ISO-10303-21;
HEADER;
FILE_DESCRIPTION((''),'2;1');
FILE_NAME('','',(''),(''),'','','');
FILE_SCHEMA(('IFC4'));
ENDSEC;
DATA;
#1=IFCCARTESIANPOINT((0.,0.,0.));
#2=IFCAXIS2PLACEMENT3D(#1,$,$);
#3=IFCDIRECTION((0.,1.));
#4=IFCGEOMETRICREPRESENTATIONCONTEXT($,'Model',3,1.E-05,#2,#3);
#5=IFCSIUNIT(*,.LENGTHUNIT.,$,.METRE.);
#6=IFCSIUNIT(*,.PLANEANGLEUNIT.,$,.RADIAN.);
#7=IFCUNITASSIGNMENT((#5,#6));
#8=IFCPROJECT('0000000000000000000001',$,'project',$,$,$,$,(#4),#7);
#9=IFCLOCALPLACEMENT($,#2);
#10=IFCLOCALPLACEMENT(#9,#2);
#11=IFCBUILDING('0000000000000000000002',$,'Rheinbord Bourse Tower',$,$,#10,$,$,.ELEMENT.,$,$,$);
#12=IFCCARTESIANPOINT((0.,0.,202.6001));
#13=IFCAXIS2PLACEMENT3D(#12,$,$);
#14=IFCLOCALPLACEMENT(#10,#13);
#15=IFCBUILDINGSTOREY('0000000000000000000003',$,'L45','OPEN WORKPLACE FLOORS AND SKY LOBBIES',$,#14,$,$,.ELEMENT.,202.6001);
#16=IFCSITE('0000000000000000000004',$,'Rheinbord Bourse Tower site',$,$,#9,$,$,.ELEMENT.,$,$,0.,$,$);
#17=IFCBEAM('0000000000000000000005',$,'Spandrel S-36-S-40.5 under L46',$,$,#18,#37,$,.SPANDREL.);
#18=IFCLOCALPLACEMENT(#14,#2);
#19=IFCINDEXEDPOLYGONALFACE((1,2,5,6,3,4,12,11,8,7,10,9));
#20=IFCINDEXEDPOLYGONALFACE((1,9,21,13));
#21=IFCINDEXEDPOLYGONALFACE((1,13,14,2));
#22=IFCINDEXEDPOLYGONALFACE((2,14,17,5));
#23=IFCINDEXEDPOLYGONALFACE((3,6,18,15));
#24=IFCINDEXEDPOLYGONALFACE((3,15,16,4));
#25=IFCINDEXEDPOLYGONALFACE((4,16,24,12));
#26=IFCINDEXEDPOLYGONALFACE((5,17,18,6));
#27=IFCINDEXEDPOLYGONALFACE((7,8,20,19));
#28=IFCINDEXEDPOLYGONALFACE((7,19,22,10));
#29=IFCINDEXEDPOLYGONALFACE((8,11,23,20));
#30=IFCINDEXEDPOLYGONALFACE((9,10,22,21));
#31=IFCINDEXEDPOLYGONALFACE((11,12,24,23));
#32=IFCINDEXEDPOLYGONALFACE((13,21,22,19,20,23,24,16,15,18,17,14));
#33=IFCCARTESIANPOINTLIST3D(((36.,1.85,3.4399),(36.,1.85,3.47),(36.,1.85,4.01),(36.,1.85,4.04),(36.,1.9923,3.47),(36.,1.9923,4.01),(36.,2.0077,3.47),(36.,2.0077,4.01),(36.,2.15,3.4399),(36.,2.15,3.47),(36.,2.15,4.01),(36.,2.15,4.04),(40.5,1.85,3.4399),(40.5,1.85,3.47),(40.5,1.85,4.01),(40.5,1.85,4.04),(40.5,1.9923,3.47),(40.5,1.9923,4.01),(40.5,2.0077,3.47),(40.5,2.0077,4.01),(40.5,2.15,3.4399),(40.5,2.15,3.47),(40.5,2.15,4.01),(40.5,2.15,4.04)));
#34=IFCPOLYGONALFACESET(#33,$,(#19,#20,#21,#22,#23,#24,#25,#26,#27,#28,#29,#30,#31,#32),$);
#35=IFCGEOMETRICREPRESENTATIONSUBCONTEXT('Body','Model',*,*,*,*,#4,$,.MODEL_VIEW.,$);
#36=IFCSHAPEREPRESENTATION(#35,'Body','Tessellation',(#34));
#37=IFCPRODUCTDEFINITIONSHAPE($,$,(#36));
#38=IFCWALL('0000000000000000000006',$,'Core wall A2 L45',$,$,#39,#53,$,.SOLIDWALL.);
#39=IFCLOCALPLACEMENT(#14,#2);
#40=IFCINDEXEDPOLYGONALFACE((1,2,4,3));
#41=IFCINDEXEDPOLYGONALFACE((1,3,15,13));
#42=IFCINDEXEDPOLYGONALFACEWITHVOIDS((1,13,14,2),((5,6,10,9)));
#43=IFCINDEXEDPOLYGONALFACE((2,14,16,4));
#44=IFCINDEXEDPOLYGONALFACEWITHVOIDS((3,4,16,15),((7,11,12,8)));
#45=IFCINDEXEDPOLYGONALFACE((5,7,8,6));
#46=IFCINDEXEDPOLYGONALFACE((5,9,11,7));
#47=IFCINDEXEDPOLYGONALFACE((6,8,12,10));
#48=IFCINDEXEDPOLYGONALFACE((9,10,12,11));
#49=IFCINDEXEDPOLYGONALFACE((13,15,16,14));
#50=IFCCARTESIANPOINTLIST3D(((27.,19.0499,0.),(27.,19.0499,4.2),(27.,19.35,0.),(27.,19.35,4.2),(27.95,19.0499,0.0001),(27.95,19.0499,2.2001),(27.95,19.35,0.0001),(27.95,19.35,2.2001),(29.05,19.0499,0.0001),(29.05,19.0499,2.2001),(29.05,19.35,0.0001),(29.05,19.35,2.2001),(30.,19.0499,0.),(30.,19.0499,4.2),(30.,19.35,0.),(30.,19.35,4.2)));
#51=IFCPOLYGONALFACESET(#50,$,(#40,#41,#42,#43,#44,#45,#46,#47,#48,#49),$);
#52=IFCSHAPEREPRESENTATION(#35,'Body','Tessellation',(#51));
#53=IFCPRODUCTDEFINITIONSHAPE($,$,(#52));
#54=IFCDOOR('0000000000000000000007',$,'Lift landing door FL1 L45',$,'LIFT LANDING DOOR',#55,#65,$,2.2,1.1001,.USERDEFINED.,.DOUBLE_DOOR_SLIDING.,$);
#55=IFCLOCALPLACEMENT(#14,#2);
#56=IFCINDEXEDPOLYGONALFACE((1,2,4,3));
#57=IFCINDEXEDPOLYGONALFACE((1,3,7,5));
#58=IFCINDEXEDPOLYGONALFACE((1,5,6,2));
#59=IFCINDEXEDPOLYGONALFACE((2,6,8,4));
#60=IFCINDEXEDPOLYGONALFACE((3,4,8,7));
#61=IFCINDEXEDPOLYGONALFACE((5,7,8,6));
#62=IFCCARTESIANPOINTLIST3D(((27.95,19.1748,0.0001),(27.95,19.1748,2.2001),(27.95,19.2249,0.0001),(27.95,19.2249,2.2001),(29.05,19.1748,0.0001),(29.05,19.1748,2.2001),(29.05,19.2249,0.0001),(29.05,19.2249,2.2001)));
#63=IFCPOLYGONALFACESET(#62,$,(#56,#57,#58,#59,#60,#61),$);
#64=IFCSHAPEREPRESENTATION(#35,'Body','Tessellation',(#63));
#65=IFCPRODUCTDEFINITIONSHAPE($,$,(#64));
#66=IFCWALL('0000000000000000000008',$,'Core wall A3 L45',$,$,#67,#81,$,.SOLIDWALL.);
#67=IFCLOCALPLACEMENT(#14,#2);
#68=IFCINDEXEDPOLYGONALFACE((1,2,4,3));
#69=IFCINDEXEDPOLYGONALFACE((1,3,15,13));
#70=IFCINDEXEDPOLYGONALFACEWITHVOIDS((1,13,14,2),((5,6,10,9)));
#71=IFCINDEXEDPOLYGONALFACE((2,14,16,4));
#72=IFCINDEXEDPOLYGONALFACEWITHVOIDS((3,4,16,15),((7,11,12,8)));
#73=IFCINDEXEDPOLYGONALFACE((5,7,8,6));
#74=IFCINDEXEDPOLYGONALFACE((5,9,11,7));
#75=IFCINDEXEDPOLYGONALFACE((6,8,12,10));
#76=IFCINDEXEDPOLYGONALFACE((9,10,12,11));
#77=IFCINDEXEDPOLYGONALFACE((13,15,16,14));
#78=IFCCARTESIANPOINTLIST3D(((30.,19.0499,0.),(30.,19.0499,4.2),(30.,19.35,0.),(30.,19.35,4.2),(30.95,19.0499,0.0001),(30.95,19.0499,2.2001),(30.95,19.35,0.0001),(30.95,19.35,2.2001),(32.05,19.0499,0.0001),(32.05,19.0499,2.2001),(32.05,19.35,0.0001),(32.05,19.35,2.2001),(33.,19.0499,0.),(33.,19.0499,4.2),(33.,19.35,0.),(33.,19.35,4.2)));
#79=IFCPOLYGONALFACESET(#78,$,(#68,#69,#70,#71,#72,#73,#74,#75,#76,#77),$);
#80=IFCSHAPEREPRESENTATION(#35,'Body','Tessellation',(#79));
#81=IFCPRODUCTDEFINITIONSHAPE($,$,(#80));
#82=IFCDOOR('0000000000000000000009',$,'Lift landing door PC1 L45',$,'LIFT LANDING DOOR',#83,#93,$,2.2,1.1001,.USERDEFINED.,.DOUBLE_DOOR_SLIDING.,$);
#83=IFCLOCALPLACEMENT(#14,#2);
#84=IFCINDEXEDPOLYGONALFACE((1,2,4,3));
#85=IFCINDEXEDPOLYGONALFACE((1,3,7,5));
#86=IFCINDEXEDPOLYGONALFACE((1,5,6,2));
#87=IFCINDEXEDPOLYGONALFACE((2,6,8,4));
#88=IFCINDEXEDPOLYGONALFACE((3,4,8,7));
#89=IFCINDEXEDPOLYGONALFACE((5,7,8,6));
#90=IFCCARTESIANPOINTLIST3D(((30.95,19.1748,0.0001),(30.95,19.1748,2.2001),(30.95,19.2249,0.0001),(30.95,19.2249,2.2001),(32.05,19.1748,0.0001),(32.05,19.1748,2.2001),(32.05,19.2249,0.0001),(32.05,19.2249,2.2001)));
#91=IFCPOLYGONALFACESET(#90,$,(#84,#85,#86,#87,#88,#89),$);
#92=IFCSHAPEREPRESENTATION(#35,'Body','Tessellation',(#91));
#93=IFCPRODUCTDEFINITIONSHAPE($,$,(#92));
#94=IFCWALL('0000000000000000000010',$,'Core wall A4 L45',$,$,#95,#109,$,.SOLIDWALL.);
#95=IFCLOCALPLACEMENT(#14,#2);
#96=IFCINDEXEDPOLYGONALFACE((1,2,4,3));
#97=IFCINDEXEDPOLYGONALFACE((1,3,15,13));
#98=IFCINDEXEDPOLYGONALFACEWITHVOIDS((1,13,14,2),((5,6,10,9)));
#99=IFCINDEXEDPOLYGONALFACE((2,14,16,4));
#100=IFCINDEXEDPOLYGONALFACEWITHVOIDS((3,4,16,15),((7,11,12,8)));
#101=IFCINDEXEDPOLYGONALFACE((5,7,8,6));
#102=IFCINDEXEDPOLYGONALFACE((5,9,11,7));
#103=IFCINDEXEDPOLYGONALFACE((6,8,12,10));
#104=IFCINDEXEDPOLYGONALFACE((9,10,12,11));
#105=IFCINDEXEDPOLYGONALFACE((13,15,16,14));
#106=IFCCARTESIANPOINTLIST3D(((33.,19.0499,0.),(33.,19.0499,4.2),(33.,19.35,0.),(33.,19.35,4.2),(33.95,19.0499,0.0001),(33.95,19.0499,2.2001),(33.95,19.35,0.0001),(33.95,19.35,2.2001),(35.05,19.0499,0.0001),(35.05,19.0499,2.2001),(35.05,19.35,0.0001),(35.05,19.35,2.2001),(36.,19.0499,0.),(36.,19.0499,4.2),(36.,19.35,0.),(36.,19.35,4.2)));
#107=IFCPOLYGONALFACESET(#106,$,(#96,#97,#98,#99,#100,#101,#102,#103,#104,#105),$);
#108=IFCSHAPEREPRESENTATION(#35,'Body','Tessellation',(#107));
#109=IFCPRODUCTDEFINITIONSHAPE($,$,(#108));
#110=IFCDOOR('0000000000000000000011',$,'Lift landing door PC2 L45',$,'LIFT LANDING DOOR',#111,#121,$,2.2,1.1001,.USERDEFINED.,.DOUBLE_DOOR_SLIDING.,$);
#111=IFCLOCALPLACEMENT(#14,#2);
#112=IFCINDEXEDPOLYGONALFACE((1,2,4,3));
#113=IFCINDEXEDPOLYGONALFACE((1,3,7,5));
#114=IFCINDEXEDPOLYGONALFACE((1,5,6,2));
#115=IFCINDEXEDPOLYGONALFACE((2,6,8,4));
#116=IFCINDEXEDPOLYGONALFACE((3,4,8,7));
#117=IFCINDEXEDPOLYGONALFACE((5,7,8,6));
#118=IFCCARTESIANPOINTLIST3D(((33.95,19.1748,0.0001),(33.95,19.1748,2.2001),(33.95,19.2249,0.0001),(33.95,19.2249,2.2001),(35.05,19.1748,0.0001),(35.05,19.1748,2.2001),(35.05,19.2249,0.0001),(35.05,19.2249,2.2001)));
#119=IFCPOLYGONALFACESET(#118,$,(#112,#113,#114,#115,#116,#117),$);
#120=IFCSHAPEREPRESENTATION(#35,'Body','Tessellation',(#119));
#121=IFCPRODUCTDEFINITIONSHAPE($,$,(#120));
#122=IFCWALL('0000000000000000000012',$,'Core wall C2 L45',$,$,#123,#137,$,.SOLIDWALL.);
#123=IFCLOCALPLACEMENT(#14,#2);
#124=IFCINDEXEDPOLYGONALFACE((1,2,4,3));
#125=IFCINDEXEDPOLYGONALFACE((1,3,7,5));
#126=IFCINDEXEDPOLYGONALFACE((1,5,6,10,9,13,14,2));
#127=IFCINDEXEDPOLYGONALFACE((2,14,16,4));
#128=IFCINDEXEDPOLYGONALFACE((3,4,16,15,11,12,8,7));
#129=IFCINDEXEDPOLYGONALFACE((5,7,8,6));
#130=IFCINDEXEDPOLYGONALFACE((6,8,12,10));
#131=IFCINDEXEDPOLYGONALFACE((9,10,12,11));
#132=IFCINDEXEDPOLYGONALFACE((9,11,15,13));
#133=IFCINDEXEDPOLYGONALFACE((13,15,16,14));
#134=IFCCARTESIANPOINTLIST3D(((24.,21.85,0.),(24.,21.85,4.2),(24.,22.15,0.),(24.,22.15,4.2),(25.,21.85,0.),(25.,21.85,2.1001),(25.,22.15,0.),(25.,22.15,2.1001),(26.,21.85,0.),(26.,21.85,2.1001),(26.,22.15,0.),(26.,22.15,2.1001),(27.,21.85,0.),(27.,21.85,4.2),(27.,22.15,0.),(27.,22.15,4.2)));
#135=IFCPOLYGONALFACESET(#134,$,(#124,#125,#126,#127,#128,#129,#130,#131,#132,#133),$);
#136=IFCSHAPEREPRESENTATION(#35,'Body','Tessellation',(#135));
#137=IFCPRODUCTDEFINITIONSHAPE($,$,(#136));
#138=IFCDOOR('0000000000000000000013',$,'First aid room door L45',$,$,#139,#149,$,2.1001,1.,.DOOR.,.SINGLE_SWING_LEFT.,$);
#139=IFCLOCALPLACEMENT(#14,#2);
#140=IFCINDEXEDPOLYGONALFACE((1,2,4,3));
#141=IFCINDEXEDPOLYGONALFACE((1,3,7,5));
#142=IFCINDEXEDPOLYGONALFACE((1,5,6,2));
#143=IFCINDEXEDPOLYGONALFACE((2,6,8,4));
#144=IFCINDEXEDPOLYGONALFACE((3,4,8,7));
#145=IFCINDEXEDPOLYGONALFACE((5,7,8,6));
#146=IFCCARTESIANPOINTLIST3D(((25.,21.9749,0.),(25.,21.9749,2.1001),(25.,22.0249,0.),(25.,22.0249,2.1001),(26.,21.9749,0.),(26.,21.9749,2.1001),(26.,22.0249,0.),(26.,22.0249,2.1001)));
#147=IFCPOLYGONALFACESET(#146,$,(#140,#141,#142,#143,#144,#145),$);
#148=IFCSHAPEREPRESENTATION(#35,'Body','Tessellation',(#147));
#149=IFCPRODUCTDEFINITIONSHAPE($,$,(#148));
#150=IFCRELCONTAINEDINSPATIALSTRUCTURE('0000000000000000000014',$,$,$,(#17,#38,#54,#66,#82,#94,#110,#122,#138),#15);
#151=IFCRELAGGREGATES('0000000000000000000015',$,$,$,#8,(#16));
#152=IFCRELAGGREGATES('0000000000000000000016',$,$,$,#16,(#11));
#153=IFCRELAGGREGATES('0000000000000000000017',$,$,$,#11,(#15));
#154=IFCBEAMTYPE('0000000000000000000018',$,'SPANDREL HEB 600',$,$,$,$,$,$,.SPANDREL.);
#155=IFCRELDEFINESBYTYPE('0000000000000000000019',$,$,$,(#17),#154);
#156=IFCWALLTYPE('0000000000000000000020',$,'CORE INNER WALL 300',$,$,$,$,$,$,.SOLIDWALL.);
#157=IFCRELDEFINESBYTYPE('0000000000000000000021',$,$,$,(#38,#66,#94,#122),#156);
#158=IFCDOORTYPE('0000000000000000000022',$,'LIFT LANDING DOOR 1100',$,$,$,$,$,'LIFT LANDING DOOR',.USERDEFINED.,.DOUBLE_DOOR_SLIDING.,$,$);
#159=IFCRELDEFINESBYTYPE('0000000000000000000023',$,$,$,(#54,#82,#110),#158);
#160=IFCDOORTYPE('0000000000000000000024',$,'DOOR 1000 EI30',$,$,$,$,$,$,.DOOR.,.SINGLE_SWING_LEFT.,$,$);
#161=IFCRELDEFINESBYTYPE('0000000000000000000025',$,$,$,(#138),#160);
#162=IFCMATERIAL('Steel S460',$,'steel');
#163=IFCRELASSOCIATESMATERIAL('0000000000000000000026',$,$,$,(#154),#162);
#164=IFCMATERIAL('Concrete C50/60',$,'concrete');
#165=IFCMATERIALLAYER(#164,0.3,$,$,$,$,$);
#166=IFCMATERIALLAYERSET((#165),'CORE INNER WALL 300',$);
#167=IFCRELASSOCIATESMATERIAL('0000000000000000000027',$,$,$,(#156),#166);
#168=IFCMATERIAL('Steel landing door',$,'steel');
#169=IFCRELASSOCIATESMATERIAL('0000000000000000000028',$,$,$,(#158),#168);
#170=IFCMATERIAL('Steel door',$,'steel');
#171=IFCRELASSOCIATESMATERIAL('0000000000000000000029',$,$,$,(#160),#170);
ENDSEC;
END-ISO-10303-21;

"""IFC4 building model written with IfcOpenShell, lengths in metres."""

from ifc_helpers import new_model, si_unit, direction, frame, frame_2d, origin, origin_2d, place, context, subcontext, project, spatial, rectangle, i_section, extrude, material, layer, layer_set, material_profile, profile_set, type_object, element, fill, save


model = new_model("IFC4")

# Units and contexts
model_context = context("Model", 3, precision=1e-05, world=origin(), true_north=direction((0.0, 1.0)))
body_context = subcontext(model_context, "Body", "Model", "MODEL_VIEW")
ifc_project = project(units=[si_unit("LENGTHUNIT", "METRE"), si_unit("PLANEANGLEUNIT", "RADIAN")], contexts=[model_context])

# Site, building, storey
site_placement = place(None, origin())
site = spatial("IfcSite", under=ifc_project, at=site_placement, Name="Rheinbord Bourse Tower site", CompositionType="ELEMENT", RefElevation=0.0)
building_placement = place(site_placement, origin())
building = spatial("IfcBuilding", under=site, at=building_placement, Name="Rheinbord Bourse Tower", CompositionType="ELEMENT")
storey_placement = place(building_placement, frame((0.0, 0.0, 202.6001)))
storey = spatial("IfcBuildingStorey", under=building, at=storey_placement, Name="L45", Description="OPEN WORKPLACE FLOORS AND SKY LOBBIES", CompositionType="ELEMENT", Elevation=202.6001)

# Beam
ifc_material_1 = material(Name="Steel S460", Category="steel")
ifc_material_profile = material_profile(ifc_material_1, i_section(OverallWidth=0.3, OverallDepth=0.6001, WebThickness=0.0154, FlangeThickness=0.03, at=origin_2d()), Name="HEB 600")
ifc_profile_set = profile_set([ifc_material_profile], Name="Steel S460")
beam_type = type_object("IfcBeamType", Name="SPANDREL HEB 600", PredefinedType="SPANDREL", material=ifc_profile_set)
beam_placement = place(storey_placement, frame((36.0, 2.0, 3.74), z_axis=(1.0, 0.0, 0.0), x_axis=(0.0, 1.0, 0.0)))
element("IfcBeam", 1, at=beam_placement, inside=storey, type_object=beam_type, Name="Spandrel S-36-S-40.5 under L46", PredefinedType="SPANDREL", context=body_context, shape_type="SweptSolid", body=[
    extrude(i_section(OverallWidth=0.3, OverallDepth=0.6001, WebThickness=0.0154, FlangeThickness=0.03, at=origin_2d()), origin(), (0.0, 0.0, 1.0), 4.5),
])

# Walls, openings, doors
ifc_material_2 = material(Name="Concrete C50/60", Category="concrete")
ifc_layer_1 = layer(ifc_material_2, 0.3)
ifc_layer_set_1 = layer_set([ifc_layer_1], Name="CORE INNER WALL 300")
wall_type_1 = type_object("IfcWallType", Name="CORE INNER WALL 300", PredefinedType="SOLIDWALL", material=ifc_layer_set_1)
wall_1_placement = place(storey_placement, frame((27.0, 19.2, 0.0), z_axis=(0.0, 0.0, 1.0), x_axis=(1.0, 0.0, 0.0)))
wall_1 = element("IfcWall", 2, at=wall_1_placement, inside=storey, type_object=wall_type_1, Name="Core wall A2 L45", PredefinedType="SOLIDWALL", context=body_context, shape_type="SweptSolid", body=[
    extrude(rectangle(XDim=3.0, YDim=0.3, at=frame_2d((1.5, 0.0))), origin(), (0.0, 0.0, 1.0), 4.2),
])
opening_1_placement = place(wall_1_placement, frame((0.95, 0.0, 0.0)))
opening_1 = element("IfcOpeningElement", 3, at=opening_1_placement, cuts=wall_1, PredefinedType="OPENING", context=body_context, shape_type="SweptSolid", body=[
    extrude(rectangle(XDim=1.1001, YDim=2.2, at=frame_2d((0.55, 1.1001))), frame((0.0, 0.1599, 0.0), z_axis=(0.0, -1.0, 0.0), x_axis=(1.0, 0.0, 0.0)), (0.0, 0.0, 1.0), 0.3201),
])
ifc_material_3 = material(Name="Steel landing door", Category="steel")
door_type_1 = type_object("IfcDoorType", Name="LIFT LANDING DOOR 1100", ElementType="LIFT LANDING DOOR", OperationType="DOUBLE_DOOR_SLIDING", PredefinedType="USERDEFINED", material=ifc_material_3)
door_1_placement = place(opening_1_placement, origin())
door_1 = element("IfcDoor", 4, at=door_1_placement, inside=storey, type_object=door_type_1, Name="Lift landing door FL1 L45", ObjectType="LIFT LANDING DOOR", OperationType="DOUBLE_DOOR_SLIDING", OverallHeight=2.2, OverallWidth=1.1001, PredefinedType="USERDEFINED", context=body_context, shape_type="SweptSolid", body=[
    extrude(rectangle(XDim=1.1001, YDim=2.2, at=frame_2d((0.55, 1.1001))), frame((0.0, 0.0249, 0.0), z_axis=(0.0, -1.0, 0.0), x_axis=(1.0, 0.0, 0.0)), (0.0, 0.0, 1.0), 0.05),
])
fill(opening_1, door_1)
wall_2_placement = place(storey_placement, frame((30.0, 19.2, 0.0), z_axis=(0.0, 0.0, 1.0), x_axis=(1.0, 0.0, 0.0)))
wall_2 = element("IfcWall", 5, at=wall_2_placement, inside=storey, type_object=wall_type_1, Name="Core wall A3 L45", PredefinedType="SOLIDWALL", context=body_context, shape_type="SweptSolid", body=[
    extrude(rectangle(XDim=3.0, YDim=0.3, at=frame_2d((1.5, 0.0))), origin(), (0.0, 0.0, 1.0), 4.2),
])
opening_2_placement = place(wall_2_placement, frame((0.95, 0.0, 0.0)))
opening_2 = element("IfcOpeningElement", 6, at=opening_2_placement, cuts=wall_2, PredefinedType="OPENING", context=body_context, shape_type="SweptSolid", body=[
    extrude(rectangle(XDim=1.1001, YDim=2.2, at=frame_2d((0.55, 1.1001))), frame((0.0, 0.1599, 0.0), z_axis=(0.0, -1.0, 0.0), x_axis=(1.0, 0.0, 0.0)), (0.0, 0.0, 1.0), 0.3201),
])
door_2_placement = place(opening_2_placement, origin())
door_2 = element("IfcDoor", 7, at=door_2_placement, inside=storey, type_object=door_type_1, Name="Lift landing door PC1 L45", ObjectType="LIFT LANDING DOOR", OperationType="DOUBLE_DOOR_SLIDING", OverallHeight=2.2, OverallWidth=1.1001, PredefinedType="USERDEFINED", context=body_context, shape_type="SweptSolid", body=[
    extrude(rectangle(XDim=1.1001, YDim=2.2, at=frame_2d((0.55, 1.1001))), frame((0.0, 0.0249, 0.0), z_axis=(0.0, -1.0, 0.0), x_axis=(1.0, 0.0, 0.0)), (0.0, 0.0, 1.0), 0.05),
])
fill(opening_2, door_2)
wall_3_placement = place(storey_placement, frame((33.0, 19.2, 0.0), z_axis=(0.0, 0.0, 1.0), x_axis=(1.0, 0.0, 0.0)))
wall_3 = element("IfcWall", 8, at=wall_3_placement, inside=storey, type_object=wall_type_1, Name="Core wall A4 L45", PredefinedType="SOLIDWALL", context=body_context, shape_type="SweptSolid", body=[
    extrude(rectangle(XDim=3.0, YDim=0.3, at=frame_2d((1.5, 0.0))), origin(), (0.0, 0.0, 1.0), 4.2),
])
opening_3_placement = place(wall_3_placement, frame((0.95, 0.0, 0.0)))
opening_3 = element("IfcOpeningElement", 9, at=opening_3_placement, cuts=wall_3, PredefinedType="OPENING", context=body_context, shape_type="SweptSolid", body=[
    extrude(rectangle(XDim=1.1001, YDim=2.2, at=frame_2d((0.55, 1.1001))), frame((0.0, 0.1599, 0.0), z_axis=(0.0, -1.0, 0.0), x_axis=(1.0, 0.0, 0.0)), (0.0, 0.0, 1.0), 0.3201),
])
door_3_placement = place(opening_3_placement, origin())
door_3 = element("IfcDoor", 10, at=door_3_placement, inside=storey, type_object=door_type_1, Name="Lift landing door PC2 L45", ObjectType="LIFT LANDING DOOR", OperationType="DOUBLE_DOOR_SLIDING", OverallHeight=2.2, OverallWidth=1.1001, PredefinedType="USERDEFINED", context=body_context, shape_type="SweptSolid", body=[
    extrude(rectangle(XDim=1.1001, YDim=2.2, at=frame_2d((0.55, 1.1001))), frame((0.0, 0.0249, 0.0), z_axis=(0.0, -1.0, 0.0), x_axis=(1.0, 0.0, 0.0)), (0.0, 0.0, 1.0), 0.05),
])
fill(opening_3, door_3)
wall_4_placement = place(storey_placement, frame((24.0, 22.0, 0.0), z_axis=(0.0, 0.0, 1.0), x_axis=(1.0, 0.0, 0.0)))
wall_4 = element("IfcWall", 11, at=wall_4_placement, inside=storey, type_object=wall_type_1, Name="Core wall C2 L45", PredefinedType="SOLIDWALL", context=body_context, shape_type="SweptSolid", body=[
    extrude(rectangle(XDim=3.0, YDim=0.3, at=frame_2d((1.5, 0.0))), origin(), (0.0, 0.0, 1.0), 4.2),
])
opening_4_placement = place(wall_4_placement, frame((1.0, 0.0, 0.0)))
opening_4 = element("IfcOpeningElement", 12, at=opening_4_placement, cuts=wall_4, PredefinedType="OPENING", context=body_context, shape_type="SweptSolid", body=[
    extrude(rectangle(XDim=1.0, YDim=2.1001, at=frame_2d((0.5, 1.05))), frame((0.0, 0.1599, 0.0), z_axis=(0.0, -1.0, 0.0), x_axis=(1.0, 0.0, 0.0)), (0.0, 0.0, 1.0), 0.3201),
])
ifc_material_4 = material(Name="Steel door", Category="steel")
door_type_2 = type_object("IfcDoorType", Name="DOOR 1000 EI30", OperationType="SINGLE_SWING_LEFT", PredefinedType="DOOR", material=ifc_material_4)
door_4_placement = place(opening_4_placement, origin())
door_4 = element("IfcDoor", 13, at=door_4_placement, inside=storey, type_object=door_type_2, Name="First aid room door L45", OperationType="SINGLE_SWING_LEFT", OverallHeight=2.1001, OverallWidth=1.0, PredefinedType="DOOR", context=body_context, shape_type="SweptSolid", body=[
    extrude(rectangle(XDim=1.0, YDim=2.1001, at=frame_2d((0.5, 1.05))), frame((0.0, 0.0249, 0.0), z_axis=(0.0, -1.0, 0.0), x_axis=(1.0, 0.0, 0.0)), (0.0, 0.0, 1.0), 0.05),
])
fill(opening_4, door_4)

save(model, "model.ifc")
